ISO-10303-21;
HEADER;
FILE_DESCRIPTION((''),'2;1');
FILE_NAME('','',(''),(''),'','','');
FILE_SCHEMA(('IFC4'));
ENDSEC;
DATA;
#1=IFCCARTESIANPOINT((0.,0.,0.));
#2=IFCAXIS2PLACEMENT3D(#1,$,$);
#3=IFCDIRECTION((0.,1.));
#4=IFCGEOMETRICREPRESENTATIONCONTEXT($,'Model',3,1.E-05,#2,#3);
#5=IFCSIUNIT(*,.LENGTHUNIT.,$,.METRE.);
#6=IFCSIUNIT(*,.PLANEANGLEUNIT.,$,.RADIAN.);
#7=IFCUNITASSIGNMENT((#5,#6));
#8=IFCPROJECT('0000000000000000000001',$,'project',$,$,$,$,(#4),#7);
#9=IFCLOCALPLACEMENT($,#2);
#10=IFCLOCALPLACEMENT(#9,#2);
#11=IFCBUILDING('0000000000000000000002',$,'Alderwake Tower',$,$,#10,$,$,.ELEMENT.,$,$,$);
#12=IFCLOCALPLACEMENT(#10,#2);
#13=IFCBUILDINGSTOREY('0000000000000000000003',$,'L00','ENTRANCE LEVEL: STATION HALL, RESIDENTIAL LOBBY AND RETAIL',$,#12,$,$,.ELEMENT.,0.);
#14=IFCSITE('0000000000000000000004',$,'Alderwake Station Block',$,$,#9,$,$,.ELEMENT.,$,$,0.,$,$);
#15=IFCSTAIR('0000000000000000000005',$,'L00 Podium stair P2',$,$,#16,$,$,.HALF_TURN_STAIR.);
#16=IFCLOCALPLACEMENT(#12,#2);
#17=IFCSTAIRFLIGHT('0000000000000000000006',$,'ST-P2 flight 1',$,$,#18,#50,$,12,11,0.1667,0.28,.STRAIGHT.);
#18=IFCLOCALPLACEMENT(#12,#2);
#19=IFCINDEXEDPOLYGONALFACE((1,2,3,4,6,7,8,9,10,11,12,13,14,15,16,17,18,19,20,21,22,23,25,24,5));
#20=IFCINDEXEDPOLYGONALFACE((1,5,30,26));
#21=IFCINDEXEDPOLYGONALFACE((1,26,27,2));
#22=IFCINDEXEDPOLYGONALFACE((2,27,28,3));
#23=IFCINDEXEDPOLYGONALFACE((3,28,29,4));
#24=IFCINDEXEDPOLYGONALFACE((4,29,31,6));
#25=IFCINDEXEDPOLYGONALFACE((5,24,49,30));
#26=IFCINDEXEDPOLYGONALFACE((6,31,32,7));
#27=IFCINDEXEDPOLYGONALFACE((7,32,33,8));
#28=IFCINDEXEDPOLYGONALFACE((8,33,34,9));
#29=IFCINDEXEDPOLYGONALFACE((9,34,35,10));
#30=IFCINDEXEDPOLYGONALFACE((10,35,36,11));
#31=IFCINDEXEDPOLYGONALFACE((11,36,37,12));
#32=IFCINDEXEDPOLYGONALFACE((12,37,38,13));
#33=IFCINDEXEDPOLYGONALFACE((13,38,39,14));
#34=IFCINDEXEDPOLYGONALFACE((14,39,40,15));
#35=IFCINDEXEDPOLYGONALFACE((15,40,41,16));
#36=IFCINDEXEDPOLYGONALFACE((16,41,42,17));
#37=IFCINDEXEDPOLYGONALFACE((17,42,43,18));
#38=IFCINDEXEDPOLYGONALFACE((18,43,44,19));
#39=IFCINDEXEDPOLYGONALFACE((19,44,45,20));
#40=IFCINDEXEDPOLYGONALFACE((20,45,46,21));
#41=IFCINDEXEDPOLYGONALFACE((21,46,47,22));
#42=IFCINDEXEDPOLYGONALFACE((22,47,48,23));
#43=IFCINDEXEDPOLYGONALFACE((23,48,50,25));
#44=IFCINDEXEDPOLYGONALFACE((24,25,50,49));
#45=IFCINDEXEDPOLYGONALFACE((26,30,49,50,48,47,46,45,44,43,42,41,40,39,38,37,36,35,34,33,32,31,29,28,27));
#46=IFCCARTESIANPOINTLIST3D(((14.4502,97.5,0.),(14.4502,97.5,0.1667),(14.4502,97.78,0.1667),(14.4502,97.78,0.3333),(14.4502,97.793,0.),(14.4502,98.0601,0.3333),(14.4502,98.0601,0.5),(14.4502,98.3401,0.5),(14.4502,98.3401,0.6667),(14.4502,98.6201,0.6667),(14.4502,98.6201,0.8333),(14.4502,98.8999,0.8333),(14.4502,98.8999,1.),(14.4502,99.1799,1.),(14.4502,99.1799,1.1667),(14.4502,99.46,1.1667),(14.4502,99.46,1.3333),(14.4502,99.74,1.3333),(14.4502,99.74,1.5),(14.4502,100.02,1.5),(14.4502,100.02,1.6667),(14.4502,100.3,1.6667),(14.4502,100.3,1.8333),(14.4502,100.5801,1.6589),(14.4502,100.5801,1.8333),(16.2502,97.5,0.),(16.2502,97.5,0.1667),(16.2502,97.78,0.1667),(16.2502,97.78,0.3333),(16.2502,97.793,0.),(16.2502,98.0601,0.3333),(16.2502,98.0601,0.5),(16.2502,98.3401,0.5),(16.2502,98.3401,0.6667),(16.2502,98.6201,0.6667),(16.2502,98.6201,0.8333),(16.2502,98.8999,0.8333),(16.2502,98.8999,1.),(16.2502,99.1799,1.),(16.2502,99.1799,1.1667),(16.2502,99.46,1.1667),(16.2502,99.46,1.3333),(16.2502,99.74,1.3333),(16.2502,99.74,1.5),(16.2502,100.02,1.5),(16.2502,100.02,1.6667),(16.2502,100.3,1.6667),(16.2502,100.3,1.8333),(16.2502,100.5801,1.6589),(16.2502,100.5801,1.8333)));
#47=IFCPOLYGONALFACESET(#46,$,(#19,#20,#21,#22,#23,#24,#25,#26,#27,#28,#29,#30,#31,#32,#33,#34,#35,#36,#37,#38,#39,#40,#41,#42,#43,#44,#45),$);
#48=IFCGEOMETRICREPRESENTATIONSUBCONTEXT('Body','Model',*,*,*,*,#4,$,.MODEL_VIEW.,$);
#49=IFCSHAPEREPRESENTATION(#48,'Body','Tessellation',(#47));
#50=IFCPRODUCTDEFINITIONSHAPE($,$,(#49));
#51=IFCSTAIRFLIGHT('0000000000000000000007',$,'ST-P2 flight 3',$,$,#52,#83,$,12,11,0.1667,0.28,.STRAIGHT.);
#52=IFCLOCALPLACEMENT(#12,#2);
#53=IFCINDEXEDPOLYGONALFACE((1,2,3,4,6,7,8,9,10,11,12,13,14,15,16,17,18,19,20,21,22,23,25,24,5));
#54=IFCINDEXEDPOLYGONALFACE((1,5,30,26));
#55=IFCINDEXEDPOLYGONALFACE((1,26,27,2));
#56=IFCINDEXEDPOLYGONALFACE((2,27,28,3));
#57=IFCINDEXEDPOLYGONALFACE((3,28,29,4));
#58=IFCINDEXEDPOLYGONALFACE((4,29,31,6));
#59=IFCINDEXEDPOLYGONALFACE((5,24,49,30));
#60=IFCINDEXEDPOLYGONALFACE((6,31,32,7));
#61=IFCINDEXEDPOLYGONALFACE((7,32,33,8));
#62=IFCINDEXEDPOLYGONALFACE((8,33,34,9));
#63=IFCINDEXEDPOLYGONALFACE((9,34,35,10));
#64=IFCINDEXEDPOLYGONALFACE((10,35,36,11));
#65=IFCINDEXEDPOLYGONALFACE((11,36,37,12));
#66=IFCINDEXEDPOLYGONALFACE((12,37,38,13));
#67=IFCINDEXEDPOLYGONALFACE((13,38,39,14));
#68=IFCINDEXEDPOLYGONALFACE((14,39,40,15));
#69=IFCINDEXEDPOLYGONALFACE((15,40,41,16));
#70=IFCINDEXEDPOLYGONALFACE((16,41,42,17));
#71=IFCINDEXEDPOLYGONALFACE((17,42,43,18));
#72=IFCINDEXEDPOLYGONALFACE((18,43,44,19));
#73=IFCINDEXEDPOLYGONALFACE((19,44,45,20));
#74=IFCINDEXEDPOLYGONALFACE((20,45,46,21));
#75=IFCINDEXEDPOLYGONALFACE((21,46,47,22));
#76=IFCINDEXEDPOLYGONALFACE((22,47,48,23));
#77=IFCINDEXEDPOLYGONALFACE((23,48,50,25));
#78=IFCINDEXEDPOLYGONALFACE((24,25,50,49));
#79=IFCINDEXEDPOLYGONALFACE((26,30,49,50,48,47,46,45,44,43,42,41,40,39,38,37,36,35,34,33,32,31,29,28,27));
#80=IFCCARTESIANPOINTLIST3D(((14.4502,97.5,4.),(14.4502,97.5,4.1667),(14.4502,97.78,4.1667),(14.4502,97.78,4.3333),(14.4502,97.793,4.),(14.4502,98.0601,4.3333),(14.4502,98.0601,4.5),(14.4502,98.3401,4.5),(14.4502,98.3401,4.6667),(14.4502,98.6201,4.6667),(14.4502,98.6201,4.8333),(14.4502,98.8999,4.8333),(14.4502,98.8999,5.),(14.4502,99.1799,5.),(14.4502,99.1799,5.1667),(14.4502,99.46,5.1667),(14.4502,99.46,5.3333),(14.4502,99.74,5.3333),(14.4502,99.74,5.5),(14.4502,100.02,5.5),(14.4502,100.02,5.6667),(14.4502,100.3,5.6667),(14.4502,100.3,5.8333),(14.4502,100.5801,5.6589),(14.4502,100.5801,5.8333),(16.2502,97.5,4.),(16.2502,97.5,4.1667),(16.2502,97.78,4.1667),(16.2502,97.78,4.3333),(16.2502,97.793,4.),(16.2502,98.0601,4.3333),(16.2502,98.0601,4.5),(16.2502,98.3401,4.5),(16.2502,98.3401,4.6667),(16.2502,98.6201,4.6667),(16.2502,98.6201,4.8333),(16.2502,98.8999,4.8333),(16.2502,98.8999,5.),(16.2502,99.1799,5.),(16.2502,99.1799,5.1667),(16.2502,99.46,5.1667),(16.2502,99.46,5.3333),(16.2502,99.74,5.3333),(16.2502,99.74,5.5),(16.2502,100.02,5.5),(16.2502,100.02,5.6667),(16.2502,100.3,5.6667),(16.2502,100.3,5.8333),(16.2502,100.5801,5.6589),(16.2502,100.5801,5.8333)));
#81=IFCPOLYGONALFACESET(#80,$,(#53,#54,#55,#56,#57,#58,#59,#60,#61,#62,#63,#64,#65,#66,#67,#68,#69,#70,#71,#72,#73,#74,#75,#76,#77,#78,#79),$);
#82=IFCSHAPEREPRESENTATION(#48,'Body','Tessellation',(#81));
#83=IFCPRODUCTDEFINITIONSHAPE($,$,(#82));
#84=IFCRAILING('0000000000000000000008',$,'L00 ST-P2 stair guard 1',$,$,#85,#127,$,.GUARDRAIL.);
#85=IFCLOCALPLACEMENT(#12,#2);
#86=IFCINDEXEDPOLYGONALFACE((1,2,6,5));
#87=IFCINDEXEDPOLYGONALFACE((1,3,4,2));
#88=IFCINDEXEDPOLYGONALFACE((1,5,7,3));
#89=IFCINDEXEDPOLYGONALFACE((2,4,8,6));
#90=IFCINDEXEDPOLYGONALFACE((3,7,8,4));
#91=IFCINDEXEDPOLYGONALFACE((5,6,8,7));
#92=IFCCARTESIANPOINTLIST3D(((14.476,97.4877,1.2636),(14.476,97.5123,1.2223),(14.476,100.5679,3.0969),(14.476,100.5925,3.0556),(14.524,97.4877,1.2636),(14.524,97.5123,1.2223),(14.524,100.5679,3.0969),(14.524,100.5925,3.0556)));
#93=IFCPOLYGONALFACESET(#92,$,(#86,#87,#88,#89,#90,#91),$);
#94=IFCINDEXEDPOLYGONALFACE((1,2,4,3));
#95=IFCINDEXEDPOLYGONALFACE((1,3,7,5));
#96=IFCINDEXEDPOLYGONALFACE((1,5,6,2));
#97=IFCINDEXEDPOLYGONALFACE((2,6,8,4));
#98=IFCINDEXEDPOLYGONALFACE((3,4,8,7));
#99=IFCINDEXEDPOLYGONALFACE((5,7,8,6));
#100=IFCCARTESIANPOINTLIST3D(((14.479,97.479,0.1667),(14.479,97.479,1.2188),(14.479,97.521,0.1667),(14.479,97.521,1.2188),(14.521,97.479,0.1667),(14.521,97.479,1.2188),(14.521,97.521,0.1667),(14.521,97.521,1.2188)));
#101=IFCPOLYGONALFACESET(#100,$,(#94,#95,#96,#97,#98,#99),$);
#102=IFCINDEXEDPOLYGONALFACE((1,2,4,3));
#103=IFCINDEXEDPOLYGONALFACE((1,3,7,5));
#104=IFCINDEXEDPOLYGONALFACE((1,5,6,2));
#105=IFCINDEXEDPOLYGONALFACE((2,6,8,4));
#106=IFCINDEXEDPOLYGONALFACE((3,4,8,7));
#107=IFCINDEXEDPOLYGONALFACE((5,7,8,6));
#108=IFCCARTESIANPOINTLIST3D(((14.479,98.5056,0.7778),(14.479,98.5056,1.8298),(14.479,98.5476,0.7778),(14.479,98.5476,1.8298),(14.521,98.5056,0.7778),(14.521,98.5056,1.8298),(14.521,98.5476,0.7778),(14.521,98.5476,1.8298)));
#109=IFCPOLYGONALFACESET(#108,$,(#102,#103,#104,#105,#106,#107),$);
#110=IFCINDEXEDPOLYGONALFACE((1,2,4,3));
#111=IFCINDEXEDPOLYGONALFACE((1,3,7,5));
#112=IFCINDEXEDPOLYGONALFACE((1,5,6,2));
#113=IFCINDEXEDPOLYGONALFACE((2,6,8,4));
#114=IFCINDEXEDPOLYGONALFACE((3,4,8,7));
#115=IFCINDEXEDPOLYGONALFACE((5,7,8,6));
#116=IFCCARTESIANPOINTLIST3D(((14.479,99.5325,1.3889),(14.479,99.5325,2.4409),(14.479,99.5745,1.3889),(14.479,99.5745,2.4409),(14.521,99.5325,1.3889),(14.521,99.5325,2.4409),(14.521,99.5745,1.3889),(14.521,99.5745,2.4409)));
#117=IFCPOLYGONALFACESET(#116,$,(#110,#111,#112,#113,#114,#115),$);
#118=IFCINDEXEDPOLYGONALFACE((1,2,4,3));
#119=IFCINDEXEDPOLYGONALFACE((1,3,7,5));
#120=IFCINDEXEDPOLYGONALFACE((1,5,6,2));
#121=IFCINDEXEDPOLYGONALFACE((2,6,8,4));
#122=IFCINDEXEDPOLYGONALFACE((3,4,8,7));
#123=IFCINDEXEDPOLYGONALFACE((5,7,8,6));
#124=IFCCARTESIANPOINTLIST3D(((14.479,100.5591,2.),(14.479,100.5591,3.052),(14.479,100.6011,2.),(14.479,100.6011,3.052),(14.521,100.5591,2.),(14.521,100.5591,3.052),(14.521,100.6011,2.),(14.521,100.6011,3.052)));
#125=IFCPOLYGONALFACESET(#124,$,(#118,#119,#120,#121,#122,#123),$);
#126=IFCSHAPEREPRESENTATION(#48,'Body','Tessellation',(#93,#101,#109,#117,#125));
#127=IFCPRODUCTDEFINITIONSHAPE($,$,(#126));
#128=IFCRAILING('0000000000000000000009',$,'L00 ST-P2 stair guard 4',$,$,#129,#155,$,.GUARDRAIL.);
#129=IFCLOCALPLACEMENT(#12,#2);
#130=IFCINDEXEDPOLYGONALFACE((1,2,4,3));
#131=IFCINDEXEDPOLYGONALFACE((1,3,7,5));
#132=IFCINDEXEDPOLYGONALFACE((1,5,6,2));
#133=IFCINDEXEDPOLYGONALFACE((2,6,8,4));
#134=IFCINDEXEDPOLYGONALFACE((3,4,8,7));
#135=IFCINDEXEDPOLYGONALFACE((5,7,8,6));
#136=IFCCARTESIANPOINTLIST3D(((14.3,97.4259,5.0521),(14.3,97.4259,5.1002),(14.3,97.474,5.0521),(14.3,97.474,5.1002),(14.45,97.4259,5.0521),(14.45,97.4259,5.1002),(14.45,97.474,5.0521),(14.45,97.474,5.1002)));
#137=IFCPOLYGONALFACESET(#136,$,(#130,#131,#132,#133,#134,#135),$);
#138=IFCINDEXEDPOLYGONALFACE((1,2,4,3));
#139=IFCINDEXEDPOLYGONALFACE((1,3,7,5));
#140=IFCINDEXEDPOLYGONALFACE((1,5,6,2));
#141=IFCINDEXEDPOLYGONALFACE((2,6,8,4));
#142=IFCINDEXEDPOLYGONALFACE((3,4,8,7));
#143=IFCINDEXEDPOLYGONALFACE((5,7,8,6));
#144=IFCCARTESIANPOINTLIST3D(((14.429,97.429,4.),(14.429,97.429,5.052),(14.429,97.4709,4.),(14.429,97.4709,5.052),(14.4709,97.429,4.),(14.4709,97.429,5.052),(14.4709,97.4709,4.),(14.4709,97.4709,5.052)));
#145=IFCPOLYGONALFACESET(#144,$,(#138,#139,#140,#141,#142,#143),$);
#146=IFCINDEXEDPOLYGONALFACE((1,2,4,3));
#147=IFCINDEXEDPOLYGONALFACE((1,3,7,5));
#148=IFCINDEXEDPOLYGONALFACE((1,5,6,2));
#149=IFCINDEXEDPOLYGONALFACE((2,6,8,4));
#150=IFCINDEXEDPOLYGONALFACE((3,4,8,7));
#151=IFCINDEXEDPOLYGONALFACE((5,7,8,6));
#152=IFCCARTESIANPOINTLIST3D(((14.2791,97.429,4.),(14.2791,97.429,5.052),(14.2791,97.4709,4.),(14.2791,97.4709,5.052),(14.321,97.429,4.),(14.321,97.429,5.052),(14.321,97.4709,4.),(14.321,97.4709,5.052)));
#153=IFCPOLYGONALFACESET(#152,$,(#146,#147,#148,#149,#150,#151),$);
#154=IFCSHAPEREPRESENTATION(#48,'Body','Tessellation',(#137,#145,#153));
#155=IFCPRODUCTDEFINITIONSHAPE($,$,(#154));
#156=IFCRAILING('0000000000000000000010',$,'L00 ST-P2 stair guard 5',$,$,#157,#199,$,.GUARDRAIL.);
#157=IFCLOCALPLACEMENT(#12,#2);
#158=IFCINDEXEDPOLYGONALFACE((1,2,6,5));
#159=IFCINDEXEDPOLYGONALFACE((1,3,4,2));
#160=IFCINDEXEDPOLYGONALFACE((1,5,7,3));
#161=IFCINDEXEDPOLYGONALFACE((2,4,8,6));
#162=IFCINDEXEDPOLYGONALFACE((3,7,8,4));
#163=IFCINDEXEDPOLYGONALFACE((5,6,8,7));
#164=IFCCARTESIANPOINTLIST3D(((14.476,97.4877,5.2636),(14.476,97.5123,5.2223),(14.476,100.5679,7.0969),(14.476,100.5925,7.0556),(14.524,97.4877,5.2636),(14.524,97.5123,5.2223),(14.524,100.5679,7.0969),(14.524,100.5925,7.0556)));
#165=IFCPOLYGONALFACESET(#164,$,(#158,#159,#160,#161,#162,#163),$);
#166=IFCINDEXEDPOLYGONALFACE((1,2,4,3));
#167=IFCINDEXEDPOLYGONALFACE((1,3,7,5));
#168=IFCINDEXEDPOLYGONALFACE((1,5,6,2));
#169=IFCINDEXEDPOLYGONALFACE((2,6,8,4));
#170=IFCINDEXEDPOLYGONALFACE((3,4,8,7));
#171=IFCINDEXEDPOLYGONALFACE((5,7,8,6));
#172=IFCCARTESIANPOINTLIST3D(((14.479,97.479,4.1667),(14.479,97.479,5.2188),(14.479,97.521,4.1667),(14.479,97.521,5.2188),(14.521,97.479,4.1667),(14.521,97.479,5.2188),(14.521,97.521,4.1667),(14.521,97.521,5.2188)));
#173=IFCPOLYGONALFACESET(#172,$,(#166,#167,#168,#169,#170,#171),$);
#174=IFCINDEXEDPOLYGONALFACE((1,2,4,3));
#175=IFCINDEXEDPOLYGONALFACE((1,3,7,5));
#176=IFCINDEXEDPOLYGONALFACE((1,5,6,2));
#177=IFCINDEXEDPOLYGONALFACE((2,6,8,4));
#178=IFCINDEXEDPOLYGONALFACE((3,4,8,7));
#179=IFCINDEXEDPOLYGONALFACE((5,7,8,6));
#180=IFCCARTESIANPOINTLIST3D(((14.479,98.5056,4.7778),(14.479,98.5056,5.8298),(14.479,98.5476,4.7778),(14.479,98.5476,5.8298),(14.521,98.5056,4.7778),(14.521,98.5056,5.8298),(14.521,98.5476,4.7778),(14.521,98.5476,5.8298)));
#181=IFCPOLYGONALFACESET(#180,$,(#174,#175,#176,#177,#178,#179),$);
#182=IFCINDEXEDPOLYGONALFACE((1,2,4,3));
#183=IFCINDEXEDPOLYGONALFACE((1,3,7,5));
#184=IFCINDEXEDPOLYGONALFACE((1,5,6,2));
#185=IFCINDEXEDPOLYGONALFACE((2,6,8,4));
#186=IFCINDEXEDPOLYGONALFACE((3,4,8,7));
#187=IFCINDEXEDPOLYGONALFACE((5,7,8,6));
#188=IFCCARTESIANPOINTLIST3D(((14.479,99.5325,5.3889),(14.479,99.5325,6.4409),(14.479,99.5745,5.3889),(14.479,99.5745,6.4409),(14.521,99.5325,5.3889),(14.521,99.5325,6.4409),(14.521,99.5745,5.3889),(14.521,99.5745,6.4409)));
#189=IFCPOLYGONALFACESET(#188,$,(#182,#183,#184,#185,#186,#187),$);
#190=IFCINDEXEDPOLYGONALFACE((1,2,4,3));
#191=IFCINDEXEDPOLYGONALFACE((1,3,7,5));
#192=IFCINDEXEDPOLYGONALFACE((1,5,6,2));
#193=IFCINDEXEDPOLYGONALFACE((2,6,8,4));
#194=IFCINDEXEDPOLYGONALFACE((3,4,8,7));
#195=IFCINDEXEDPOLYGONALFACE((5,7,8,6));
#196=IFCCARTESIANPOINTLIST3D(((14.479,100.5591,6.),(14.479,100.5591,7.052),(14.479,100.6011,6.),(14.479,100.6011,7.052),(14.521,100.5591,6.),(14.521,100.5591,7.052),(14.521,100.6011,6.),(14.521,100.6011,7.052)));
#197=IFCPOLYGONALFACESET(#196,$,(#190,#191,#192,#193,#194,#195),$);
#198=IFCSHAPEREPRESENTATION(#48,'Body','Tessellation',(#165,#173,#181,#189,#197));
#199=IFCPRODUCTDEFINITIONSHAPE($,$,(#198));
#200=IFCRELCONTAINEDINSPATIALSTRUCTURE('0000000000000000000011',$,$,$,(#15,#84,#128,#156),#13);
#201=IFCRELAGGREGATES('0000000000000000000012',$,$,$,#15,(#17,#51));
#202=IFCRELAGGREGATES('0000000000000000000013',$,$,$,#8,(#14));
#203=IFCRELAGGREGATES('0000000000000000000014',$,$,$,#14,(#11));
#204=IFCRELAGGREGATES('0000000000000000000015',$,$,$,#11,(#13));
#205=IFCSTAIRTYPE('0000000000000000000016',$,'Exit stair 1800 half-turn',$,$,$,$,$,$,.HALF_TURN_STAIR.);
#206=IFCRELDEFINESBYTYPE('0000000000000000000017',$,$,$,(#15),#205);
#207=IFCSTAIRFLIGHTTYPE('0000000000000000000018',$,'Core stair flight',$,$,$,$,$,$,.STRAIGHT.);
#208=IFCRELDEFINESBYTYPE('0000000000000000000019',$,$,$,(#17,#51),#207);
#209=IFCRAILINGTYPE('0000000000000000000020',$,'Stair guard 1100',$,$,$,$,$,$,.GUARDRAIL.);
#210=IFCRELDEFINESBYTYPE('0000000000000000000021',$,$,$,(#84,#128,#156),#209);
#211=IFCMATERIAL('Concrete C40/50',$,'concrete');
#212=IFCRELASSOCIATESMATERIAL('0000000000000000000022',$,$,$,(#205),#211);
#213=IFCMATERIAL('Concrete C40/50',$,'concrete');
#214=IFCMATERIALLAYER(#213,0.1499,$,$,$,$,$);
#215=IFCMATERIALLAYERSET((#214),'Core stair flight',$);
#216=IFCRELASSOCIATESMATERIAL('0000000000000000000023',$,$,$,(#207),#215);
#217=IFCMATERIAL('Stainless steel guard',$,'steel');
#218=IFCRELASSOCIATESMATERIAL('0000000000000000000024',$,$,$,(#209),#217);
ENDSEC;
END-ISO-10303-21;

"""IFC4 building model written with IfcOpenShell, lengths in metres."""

from ifc_helpers import new_model, si_unit, direction, frame, origin, origin_2d, place, context, subcontext, project, spatial, polyline, rectangle, outline, extrude, material, layer, layer_set, type_object, element, aggregate, save


model = new_model("IFC4")

# Units and contexts
model_context = context("Model", 3, precision=1e-05, world=origin(), true_north=direction((0.0, 1.0)))
body_context = subcontext(model_context, "Body", "Model", "MODEL_VIEW")
ifc_project = project(units=[si_unit("LENGTHUNIT", "METRE"), si_unit("PLANEANGLEUNIT", "RADIAN")], contexts=[model_context])

# Site, building, storey
site_placement = place(None, origin())
site = spatial("IfcSite", under=ifc_project, at=site_placement, Name="Alderwake Station Block", CompositionType="ELEMENT", RefElevation=0.0)
building_placement = place(site_placement, origin())
building = spatial("IfcBuilding", under=site, at=building_placement, Name="Alderwake Tower", CompositionType="ELEMENT")
storey_placement = place(building_placement, origin())
storey = spatial("IfcBuildingStorey", under=building, at=storey_placement, Name="L00", Description="ENTRANCE LEVEL: STATION HALL, RESIDENTIAL LOBBY AND RETAIL", CompositionType="ELEMENT", Elevation=0.0)

# Stair, stair flights
ifc_material_1 = material(Name="Concrete C40/50", Category="concrete")
stair_type = type_object("IfcStairType", Name="Exit stair 1800 half-turn", PredefinedType="HALF_TURN_STAIR", material=ifc_material_1)
stair_placement = place(storey_placement, origin())
stair = element("IfcStair", 1, at=stair_placement, inside=storey, type_object=stair_type, Name="L00 Podium stair P2", PredefinedType="HALF_TURN_STAIR")
ifc_material_2 = material(Name="Concrete C40/50", Category="concrete")
ifc_layer_1 = layer(ifc_material_2, 0.1499)
ifc_layer_set_1 = layer_set([ifc_layer_1], Name="Core stair flight")
stair_flight_type = type_object("IfcStairFlightType", Name="Core stair flight", PredefinedType="STRAIGHT", material=ifc_layer_set_1)
stair_flight_1_placement = place(storey_placement, frame((15.3501, 97.5, 0.0), z_axis=(0.0, 0.0, 1.0), x_axis=(0.0, 1.0, 0.0)))
stair_flight_1 = element("IfcStairFlight", 2, at=stair_flight_1_placement, type_object=stair_flight_type, Name="ST-P2 flight 1", NumberOfRisers=12, NumberOfTreads=11, PredefinedType="STRAIGHT", RiserHeight=0.1667, TreadLength=0.28, context=body_context, shape_type="SweptSolid", body=[
    extrude(outline(polyline([(0.0, 0.0), (0.0, 0.1667), (0.28, 0.1667), (0.28, 0.3333), (0.5601, 0.3333), (0.5601, 0.5), (0.8401, 0.5), (0.8401, 0.6667), (1.1201, 0.6667), (1.1201, 0.8333), (1.3999, 0.8333), (1.3999, 1.0), (1.6799, 1.0), (1.6799, 1.1667), (1.96, 1.1667), (1.96, 1.3333), (2.24, 1.3333), (2.24, 1.5), (2.52, 1.5), (2.52, 1.6667), (2.8, 1.6667), (2.8, 1.8333), (3.0801, 1.8333), (3.0801, 2.0), (3.0801, 1.6589), (0.293, 0.0), (0.0, 0.0)])), frame((0.0, 0.8999, 0.0), z_axis=(0.0, -1.0, 0.0), x_axis=(1.0, 0.0, 0.0)), (0.0, 0.0, 1.0), 1.8),
])
stair_flight_2_placement = place(storey_placement, frame((15.3501, 97.5, 4.0), z_axis=(0.0, 0.0, 1.0), x_axis=(0.0, 1.0, 0.0)))
stair_flight_2 = element("IfcStairFlight", 3, at=stair_flight_2_placement, type_object=stair_flight_type, Name="ST-P2 flight 3", NumberOfRisers=12, NumberOfTreads=11, PredefinedType="STRAIGHT", RiserHeight=0.1667, TreadLength=0.28, context=body_context, shape_type="SweptSolid", body=[
    extrude(outline(polyline([(0.0, 0.0), (0.0, 0.1667), (0.28, 0.1667), (0.28, 0.3333), (0.5601, 0.3333), (0.5601, 0.5), (0.8401, 0.5), (0.8401, 0.6667), (1.1201, 0.6667), (1.1201, 0.8333), (1.3999, 0.8333), (1.3999, 1.0), (1.6799, 1.0), (1.6799, 1.1667), (1.96, 1.1667), (1.96, 1.3333), (2.24, 1.3333), (2.24, 1.5), (2.52, 1.5), (2.52, 1.6667), (2.8, 1.6667), (2.8, 1.8333), (3.0801, 1.8333), (3.0801, 2.0), (3.0801, 1.6589), (0.293, 0.0), (0.0, 0.0)])), frame((0.0, 0.8999, 0.0), z_axis=(0.0, -1.0, 0.0), x_axis=(1.0, 0.0, 0.0)), (0.0, 0.0, 1.0), 1.8),
])
aggregate(stair, [stair_flight_1, stair_flight_2])

# Railings
ifc_material_3 = material(Name="Stainless steel guard", Category="steel")
railing_type_1 = type_object("IfcRailingType", Name="Stair guard 1100", PredefinedType="GUARDRAIL", material=ifc_material_3)
railing_1_placement = place(storey_placement, frame((14.5, 97.5, 0.1667)))
element("IfcRailing", 4, at=railing_1_placement, inside=storey, type_object=railing_type_1, Name="L00 ST-P2 stair guard 1", PredefinedType="GUARDRAIL", context=body_context, shape_type="SweptSolid", body=[
    extrude(rectangle(XDim=0.0481, YDim=0.0481, at=origin_2d()), frame((0.0, 0.0, 1.0762), z_axis=(0.0, 0.859309, 0.511458), x_axis=(-1.0, 0.0, 0.0)), (0.0, 0.0, 1.0), 3.5845),
    extrude(rectangle(XDim=0.042, YDim=0.042, at=origin_2d()), frame((0.0, 0.0, 0.0), z_axis=(0.0, 0.0, 1.0), x_axis=(0.0, 1.0, 0.0)), (0.0, 0.0, 1.0), 1.052),
    extrude(rectangle(XDim=0.042, YDim=0.042, at=origin_2d()), frame((0.0, 1.0266, 0.6111), z_axis=(0.0, 0.0, 1.0), x_axis=(0.0, 1.0, 0.0)), (0.0, 0.0, 1.0), 1.052),
    extrude(rectangle(XDim=0.042, YDim=0.042, at=origin_2d()), frame((0.0, 2.0535, 1.2222), z_axis=(0.0, 0.0, 1.0), x_axis=(0.0, 1.0, 0.0)), (0.0, 0.0, 1.0), 1.052),
    extrude(rectangle(XDim=0.042, YDim=0.042, at=origin_2d()), frame((0.0, 3.0801, 1.8333), z_axis=(0.0, 0.0, 1.0), x_axis=(0.0, 1.0, 0.0)), (0.0, 0.0, 1.0), 1.052),
])
railing_2_placement = place(storey_placement, frame((14.45, 97.45, 4.0)))
element("IfcRailing", 5, at=railing_2_placement, inside=storey, type_object=railing_type_1, Name="L00 ST-P2 stair guard 4", PredefinedType="GUARDRAIL", context=body_context, shape_type="SweptSolid", body=[
    extrude(rectangle(XDim=0.0481, YDim=0.0481, at=origin_2d()), frame((0.0, 0.0, 1.0762), z_axis=(-1.0, 0.0, 0.0), x_axis=(0.0, -1.0, 0.0)), (0.0, 0.0, 1.0), 0.1499),
    extrude(rectangle(XDim=0.042, YDim=0.042, at=origin_2d()), frame((0.0, 0.0, 0.0), z_axis=(0.0, 0.0, 1.0), x_axis=(-1.0, 0.0, 0.0)), (0.0, 0.0, 1.0), 1.052),
    extrude(rectangle(XDim=0.042, YDim=0.042, at=origin_2d()), frame((-0.1499, 0.0, 0.0), z_axis=(0.0, 0.0, 1.0), x_axis=(-1.0, 0.0, 0.0)), (0.0, 0.0, 1.0), 1.052),
])
railing_3_placement = place(storey_placement, frame((14.5, 97.5, 4.1667)))
element("IfcRailing", 6, at=railing_3_placement, inside=storey, type_object=railing_type_1, Name="L00 ST-P2 stair guard 5", PredefinedType="GUARDRAIL", context=body_context, shape_type="SweptSolid", body=[
    extrude(rectangle(XDim=0.0481, YDim=0.0481, at=origin_2d()), frame((0.0, 0.0, 1.0762), z_axis=(0.0, 0.859309, 0.511458), x_axis=(-1.0, 0.0, 0.0)), (0.0, 0.0, 1.0), 3.5845),
    extrude(rectangle(XDim=0.042, YDim=0.042, at=origin_2d()), frame((0.0, 0.0, 0.0), z_axis=(0.0, 0.0, 1.0), x_axis=(0.0, 1.0, 0.0)), (0.0, 0.0, 1.0), 1.052),
    extrude(rectangle(XDim=0.042, YDim=0.042, at=origin_2d()), frame((0.0, 1.0266, 0.6111), z_axis=(0.0, 0.0, 1.0), x_axis=(0.0, 1.0, 0.0)), (0.0, 0.0, 1.0), 1.052),
    extrude(rectangle(XDim=0.042, YDim=0.042, at=origin_2d()), frame((0.0, 2.0535, 1.2222), z_axis=(0.0, 0.0, 1.0), x_axis=(0.0, 1.0, 0.0)), (0.0, 0.0, 1.0), 1.052),
    extrude(rectangle(XDim=0.042, YDim=0.042, at=origin_2d()), frame((0.0, 3.0801, 1.8333), z_axis=(0.0, 0.0, 1.0), x_axis=(0.0, 1.0, 0.0)), (0.0, 0.0, 1.0), 1.052),
])

save(model, "model.ifc")
